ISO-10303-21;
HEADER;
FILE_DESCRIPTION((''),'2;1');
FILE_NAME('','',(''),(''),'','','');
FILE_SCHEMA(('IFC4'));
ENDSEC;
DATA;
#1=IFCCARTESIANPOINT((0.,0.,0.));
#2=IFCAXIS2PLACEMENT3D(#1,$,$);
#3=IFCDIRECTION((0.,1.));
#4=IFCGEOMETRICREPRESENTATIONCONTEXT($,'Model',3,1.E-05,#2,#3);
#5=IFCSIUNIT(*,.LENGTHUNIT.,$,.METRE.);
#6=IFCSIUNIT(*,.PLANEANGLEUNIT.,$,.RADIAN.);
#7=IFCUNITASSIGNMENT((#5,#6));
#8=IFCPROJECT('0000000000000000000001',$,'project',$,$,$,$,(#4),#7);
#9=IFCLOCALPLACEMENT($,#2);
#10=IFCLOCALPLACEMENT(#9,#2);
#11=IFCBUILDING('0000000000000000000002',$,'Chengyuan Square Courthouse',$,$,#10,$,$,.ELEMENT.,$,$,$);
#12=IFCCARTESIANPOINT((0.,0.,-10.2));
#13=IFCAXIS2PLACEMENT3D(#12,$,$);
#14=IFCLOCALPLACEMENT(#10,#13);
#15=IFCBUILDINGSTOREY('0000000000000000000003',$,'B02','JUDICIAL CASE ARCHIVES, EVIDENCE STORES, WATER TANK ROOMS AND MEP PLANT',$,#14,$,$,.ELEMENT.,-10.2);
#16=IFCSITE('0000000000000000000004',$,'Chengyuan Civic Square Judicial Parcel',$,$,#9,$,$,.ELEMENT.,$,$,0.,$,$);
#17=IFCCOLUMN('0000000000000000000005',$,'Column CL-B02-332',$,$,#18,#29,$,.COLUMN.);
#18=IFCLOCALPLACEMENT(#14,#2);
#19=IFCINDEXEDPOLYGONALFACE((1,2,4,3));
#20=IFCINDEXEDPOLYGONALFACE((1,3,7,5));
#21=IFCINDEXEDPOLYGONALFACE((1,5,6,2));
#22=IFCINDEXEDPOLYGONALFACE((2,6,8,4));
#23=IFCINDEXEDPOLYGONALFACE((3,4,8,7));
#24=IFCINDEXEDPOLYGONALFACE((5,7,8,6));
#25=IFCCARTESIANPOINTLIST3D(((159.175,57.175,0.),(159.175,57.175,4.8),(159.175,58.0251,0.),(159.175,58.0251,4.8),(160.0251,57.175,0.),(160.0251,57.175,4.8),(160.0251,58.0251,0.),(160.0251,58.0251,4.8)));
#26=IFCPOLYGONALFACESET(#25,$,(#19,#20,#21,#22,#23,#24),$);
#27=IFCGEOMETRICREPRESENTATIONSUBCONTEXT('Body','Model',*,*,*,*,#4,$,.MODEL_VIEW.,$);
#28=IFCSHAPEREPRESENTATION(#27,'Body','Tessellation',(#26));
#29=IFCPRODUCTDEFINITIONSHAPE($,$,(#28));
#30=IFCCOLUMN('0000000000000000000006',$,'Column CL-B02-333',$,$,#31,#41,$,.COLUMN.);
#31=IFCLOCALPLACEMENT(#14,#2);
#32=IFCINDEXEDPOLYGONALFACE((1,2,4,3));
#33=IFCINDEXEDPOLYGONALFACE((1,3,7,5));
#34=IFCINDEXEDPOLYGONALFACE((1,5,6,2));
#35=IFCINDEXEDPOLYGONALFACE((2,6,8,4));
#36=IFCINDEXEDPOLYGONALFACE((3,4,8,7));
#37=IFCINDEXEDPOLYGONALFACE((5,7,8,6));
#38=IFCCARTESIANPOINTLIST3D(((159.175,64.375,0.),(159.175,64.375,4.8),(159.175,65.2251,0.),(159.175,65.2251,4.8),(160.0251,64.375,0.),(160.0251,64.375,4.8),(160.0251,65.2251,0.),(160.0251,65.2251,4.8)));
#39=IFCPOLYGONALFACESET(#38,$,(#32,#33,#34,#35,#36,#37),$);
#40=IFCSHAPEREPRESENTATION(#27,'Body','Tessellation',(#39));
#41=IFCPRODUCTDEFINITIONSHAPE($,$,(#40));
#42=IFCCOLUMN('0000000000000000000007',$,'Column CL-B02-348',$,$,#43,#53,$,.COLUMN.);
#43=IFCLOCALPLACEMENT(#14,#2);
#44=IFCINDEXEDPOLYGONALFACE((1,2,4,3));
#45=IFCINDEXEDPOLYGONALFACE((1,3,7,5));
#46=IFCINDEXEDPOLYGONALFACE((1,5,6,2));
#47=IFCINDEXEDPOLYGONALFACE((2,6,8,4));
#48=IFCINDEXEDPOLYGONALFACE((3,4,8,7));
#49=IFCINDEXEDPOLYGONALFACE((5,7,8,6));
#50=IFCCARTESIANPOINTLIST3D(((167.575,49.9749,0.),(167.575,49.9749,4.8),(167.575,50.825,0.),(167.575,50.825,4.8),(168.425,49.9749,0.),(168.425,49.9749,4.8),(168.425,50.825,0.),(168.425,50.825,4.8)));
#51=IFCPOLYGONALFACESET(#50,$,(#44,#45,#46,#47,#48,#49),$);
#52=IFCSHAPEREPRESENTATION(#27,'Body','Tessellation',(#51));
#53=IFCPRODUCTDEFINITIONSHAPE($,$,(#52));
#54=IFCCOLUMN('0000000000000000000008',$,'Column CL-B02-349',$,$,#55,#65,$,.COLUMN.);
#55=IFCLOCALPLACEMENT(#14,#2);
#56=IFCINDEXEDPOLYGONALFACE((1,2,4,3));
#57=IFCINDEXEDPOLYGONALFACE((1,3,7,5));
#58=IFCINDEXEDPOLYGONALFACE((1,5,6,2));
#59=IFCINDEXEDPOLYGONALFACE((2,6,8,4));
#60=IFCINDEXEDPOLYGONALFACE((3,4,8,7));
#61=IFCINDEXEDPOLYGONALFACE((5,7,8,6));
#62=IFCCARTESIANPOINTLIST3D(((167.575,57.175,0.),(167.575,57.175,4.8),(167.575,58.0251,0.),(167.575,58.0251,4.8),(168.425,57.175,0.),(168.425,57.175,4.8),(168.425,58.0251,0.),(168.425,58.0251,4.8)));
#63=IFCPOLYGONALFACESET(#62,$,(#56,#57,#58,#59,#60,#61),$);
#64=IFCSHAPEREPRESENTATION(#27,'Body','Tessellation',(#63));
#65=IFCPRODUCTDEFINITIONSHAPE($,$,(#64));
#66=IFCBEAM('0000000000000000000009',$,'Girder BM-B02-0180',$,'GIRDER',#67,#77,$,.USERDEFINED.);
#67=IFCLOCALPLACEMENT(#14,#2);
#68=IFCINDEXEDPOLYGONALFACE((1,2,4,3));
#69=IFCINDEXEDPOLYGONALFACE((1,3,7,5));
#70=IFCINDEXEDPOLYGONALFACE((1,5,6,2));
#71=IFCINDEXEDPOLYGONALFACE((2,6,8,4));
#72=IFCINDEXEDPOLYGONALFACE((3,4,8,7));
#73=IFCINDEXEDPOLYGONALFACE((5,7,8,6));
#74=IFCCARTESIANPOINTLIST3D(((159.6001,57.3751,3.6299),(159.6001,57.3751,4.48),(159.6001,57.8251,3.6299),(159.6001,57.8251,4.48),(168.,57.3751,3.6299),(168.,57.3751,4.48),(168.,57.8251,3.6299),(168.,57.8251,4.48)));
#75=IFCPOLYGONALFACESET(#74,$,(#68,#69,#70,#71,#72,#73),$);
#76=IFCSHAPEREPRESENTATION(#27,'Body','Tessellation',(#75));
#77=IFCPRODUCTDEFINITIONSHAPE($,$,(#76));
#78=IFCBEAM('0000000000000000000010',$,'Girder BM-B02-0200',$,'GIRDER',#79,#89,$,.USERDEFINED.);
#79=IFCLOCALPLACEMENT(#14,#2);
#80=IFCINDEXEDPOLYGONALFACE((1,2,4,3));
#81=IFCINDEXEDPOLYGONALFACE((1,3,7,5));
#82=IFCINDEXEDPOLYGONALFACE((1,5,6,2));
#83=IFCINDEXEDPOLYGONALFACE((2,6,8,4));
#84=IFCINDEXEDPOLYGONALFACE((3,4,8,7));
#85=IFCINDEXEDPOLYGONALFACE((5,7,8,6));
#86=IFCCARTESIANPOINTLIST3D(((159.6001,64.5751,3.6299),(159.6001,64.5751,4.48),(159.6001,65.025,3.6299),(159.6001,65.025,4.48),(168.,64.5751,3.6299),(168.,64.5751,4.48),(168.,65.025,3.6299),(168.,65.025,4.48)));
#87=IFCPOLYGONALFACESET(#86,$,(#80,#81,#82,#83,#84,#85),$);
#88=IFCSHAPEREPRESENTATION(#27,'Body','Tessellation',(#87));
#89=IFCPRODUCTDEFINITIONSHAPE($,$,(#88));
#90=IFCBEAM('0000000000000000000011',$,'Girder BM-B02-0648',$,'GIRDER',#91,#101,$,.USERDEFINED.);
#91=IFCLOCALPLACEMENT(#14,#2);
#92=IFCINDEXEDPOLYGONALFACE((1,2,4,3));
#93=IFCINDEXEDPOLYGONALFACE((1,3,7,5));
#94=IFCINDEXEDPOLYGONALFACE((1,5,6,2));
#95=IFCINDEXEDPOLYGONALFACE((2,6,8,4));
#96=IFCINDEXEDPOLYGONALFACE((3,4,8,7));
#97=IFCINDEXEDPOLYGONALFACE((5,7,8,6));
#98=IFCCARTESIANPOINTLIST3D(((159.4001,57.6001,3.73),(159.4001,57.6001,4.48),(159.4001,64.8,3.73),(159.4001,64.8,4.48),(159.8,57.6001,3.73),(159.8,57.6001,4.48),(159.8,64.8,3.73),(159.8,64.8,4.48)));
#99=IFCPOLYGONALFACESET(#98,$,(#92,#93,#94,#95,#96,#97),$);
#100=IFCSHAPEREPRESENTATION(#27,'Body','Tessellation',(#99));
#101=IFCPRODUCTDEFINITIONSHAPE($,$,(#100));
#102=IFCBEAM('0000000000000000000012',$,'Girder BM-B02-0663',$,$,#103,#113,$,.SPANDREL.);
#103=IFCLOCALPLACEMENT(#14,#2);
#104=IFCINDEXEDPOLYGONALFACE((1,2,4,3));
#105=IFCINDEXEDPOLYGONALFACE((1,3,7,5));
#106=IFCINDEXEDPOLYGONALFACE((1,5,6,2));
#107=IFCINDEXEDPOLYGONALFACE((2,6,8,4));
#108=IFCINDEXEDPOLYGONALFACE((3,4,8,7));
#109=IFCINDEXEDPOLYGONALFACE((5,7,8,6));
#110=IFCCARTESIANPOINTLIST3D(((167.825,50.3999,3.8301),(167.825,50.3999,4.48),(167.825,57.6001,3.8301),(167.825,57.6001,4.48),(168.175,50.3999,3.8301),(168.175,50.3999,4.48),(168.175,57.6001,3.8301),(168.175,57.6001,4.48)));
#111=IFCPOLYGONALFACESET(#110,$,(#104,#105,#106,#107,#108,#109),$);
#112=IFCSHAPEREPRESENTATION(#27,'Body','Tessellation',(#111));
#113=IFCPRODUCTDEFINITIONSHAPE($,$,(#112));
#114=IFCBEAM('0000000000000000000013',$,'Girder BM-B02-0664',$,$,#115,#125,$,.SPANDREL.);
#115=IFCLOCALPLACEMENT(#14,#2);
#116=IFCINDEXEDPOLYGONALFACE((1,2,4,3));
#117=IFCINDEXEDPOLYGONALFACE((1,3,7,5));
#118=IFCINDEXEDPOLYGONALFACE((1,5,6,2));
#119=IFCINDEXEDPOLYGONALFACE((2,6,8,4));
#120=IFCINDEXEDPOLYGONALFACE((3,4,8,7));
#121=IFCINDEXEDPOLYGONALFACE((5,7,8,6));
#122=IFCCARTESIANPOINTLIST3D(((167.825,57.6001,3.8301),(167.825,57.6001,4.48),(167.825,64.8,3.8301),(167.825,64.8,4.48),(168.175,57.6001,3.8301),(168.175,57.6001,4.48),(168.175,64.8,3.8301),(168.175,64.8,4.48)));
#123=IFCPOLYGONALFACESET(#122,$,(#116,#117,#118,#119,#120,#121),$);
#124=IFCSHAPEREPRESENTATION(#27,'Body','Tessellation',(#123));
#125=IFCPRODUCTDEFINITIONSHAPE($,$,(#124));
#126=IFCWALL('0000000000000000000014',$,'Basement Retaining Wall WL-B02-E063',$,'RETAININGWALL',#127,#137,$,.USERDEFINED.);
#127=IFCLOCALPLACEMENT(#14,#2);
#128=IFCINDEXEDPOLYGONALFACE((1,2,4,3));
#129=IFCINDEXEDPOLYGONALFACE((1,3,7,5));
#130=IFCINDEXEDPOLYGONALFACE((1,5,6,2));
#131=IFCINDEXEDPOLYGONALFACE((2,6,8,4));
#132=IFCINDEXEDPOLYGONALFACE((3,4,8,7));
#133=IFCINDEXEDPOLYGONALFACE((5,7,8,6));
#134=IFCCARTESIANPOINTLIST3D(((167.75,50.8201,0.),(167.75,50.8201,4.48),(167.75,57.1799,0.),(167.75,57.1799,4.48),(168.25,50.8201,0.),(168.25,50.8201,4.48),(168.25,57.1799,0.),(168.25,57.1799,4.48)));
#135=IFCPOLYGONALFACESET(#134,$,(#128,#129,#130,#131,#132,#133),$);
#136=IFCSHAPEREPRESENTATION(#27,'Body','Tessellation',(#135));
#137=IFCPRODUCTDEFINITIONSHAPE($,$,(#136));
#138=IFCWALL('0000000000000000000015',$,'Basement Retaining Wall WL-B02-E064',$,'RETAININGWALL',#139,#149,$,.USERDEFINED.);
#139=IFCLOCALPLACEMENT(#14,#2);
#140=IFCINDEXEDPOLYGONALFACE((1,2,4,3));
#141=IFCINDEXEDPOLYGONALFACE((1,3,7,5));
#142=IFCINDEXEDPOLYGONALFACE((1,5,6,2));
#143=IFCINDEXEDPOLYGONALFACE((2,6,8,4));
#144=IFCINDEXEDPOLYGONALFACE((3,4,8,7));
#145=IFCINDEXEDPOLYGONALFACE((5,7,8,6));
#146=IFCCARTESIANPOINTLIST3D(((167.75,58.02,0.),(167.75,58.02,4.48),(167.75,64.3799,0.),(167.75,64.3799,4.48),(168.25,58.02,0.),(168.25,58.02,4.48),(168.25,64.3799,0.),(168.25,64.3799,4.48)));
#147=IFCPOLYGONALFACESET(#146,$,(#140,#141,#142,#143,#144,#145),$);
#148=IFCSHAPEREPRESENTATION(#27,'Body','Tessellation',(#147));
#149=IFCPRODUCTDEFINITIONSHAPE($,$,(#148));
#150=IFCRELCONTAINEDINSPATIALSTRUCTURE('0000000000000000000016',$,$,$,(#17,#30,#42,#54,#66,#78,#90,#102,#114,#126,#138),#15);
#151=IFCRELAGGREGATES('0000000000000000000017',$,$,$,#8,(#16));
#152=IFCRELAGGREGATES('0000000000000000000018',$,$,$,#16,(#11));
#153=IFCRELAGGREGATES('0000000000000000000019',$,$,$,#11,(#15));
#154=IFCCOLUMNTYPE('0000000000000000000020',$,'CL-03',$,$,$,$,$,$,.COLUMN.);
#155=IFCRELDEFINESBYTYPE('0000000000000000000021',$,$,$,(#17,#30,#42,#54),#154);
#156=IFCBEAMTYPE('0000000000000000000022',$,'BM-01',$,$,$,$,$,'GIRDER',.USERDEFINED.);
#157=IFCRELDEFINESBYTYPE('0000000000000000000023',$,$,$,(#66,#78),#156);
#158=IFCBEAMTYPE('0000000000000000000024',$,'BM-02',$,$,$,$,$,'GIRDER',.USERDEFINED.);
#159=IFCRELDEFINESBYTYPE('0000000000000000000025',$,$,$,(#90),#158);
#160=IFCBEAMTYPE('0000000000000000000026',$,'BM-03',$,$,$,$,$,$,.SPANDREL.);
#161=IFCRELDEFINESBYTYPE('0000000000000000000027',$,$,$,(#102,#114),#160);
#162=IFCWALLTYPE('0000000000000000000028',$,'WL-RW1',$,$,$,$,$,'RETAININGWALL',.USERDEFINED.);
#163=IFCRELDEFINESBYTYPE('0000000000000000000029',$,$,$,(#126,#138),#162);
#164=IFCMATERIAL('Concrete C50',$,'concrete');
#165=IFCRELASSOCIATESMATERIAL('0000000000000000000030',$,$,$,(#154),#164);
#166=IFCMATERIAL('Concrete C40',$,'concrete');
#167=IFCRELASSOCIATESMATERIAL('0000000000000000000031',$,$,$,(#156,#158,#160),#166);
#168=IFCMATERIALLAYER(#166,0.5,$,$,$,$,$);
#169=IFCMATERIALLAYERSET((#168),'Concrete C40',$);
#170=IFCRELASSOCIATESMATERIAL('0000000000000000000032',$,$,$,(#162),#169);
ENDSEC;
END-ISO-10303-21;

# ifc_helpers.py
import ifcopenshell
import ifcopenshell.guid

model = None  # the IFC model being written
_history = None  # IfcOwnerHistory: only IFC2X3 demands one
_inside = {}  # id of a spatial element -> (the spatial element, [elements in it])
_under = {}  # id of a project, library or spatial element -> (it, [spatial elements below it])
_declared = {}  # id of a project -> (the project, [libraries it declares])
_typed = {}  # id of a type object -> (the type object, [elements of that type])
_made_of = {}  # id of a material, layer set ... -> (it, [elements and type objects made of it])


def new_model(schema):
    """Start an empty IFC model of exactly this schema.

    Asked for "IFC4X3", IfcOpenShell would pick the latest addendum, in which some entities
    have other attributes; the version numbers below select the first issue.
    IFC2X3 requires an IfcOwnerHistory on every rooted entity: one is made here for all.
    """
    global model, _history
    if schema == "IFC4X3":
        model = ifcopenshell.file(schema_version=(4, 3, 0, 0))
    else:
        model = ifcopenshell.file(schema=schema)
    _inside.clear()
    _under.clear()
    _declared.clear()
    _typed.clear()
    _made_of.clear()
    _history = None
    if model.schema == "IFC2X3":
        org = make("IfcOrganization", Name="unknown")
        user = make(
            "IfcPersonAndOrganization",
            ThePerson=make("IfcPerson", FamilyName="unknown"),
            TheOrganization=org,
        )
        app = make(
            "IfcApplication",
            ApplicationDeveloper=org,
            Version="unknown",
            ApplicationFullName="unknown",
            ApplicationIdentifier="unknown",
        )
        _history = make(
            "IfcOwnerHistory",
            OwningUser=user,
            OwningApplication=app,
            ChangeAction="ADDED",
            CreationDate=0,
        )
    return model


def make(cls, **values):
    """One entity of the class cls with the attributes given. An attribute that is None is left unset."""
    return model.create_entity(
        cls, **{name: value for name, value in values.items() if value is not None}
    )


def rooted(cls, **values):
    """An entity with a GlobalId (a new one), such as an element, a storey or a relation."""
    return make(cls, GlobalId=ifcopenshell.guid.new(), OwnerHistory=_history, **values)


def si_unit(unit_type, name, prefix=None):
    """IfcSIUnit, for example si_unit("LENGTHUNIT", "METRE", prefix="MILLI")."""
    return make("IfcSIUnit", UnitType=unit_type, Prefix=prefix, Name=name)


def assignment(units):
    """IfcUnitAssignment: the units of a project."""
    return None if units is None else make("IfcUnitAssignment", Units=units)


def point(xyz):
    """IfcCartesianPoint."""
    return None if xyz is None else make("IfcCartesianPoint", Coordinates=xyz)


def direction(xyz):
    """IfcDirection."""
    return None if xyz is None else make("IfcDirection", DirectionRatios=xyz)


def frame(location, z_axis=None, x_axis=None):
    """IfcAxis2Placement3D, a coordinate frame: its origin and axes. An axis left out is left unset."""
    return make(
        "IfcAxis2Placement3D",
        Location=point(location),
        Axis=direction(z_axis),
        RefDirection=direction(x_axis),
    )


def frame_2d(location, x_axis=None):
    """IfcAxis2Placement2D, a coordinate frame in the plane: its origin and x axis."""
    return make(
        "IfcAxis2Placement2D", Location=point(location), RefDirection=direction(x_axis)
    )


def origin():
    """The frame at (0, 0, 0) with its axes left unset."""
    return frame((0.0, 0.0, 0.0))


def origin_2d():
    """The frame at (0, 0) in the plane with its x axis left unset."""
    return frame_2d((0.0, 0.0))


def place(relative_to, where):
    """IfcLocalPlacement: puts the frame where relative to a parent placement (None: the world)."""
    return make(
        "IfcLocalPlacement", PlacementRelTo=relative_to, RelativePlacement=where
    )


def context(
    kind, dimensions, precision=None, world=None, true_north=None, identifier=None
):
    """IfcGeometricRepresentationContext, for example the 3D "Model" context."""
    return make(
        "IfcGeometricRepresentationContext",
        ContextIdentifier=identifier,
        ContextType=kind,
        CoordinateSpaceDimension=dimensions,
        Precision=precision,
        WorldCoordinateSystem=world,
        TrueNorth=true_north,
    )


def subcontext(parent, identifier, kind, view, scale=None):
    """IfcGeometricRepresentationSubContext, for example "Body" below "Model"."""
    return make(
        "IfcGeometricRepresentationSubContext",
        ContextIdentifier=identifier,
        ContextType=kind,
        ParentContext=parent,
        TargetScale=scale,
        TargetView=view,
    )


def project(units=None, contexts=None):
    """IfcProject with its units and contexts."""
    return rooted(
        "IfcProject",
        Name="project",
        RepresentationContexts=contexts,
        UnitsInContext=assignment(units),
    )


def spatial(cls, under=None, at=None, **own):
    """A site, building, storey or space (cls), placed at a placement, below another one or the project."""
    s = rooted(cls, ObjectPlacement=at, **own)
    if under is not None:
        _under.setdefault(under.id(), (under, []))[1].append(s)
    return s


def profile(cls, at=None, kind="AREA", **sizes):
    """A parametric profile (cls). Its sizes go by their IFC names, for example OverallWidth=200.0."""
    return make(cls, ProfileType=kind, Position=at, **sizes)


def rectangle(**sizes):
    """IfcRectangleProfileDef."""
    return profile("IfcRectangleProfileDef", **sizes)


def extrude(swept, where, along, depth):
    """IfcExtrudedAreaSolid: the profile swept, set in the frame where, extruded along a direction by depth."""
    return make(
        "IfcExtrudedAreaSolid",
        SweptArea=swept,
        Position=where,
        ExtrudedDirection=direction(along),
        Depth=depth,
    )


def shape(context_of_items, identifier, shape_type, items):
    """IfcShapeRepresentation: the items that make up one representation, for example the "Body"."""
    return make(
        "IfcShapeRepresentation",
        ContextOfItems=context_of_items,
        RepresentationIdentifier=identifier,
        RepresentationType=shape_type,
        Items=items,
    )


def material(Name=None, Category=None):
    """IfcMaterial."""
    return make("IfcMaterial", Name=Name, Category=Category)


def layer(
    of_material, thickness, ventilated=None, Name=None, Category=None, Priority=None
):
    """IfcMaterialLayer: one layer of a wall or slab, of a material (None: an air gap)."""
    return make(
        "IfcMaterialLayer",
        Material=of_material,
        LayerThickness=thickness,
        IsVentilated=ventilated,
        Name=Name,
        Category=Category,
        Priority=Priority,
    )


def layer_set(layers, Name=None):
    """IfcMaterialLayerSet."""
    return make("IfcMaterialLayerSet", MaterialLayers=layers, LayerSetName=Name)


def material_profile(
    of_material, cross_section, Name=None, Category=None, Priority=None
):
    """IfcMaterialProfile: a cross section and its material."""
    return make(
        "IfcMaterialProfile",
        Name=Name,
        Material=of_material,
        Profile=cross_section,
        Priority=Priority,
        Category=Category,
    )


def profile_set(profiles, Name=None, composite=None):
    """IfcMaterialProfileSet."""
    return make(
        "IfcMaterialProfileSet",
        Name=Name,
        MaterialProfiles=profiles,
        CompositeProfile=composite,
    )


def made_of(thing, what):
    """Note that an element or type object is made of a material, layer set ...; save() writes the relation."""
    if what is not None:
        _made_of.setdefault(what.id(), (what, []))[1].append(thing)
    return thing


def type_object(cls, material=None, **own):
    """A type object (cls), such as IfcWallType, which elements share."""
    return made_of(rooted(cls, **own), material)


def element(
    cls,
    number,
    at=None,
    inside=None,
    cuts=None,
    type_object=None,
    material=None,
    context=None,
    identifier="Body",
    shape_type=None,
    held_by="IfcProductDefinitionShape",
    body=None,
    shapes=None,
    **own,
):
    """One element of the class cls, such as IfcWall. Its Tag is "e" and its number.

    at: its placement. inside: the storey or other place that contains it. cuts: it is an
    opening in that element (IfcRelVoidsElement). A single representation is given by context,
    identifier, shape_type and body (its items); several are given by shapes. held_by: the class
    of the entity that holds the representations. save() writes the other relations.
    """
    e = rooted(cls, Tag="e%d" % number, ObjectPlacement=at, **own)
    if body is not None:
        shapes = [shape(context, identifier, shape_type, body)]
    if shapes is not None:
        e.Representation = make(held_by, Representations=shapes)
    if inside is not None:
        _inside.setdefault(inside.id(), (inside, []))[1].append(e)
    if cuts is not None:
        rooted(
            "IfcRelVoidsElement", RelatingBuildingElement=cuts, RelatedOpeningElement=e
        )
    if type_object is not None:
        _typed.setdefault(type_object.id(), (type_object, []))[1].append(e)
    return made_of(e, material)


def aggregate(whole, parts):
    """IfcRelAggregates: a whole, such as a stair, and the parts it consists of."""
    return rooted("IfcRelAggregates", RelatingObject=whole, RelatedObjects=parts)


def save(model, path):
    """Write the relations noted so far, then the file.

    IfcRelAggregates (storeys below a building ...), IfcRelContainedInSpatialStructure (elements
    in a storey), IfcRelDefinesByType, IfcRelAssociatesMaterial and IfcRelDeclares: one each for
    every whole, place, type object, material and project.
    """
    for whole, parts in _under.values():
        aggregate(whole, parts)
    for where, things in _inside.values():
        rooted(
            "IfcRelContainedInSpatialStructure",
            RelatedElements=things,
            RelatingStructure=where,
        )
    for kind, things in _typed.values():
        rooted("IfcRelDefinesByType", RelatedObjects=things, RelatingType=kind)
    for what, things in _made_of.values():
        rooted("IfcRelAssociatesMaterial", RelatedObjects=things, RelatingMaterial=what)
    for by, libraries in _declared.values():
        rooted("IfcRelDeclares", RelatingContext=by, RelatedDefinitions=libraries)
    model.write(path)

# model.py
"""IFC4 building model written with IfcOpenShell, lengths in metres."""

from ifc_helpers import new_model, si_unit, direction, frame, frame_2d, origin, origin_2d, place, context, subcontext, project, spatial, rectangle, extrude, material, layer, layer_set, material_profile, profile_set, type_object, element, save


model = new_model("IFC4")

# Units and contexts
model_context = context("Model", 3, precision=1e-05, world=origin(), true_north=direction((0.0, 1.0)))
body_context = subcontext(model_context, "Body", "Model", "MODEL_VIEW")
ifc_project = project(units=[si_unit("LENGTHUNIT", "METRE"), si_unit("PLANEANGLEUNIT", "RADIAN")], contexts=[model_context])

# Site, building, storey
site_placement = place(None, origin())
site = spatial("IfcSite", under=ifc_project, at=site_placement, Name="Chengyuan Civic Square Judicial Parcel", CompositionType="ELEMENT", RefElevation=0.0)
building_placement = place(site_placement, origin())
building = spatial("IfcBuilding", under=site, at=building_placement, Name="Chengyuan Square Courthouse", CompositionType="ELEMENT")
storey_placement = place(building_placement, frame((0.0, 0.0, -10.2)))
storey = spatial("IfcBuildingStorey", under=building, at=storey_placement, Name="B02", Description="JUDICIAL CASE ARCHIVES, EVIDENCE STORES, WATER TANK ROOMS AND MEP PLANT", CompositionType="ELEMENT", Elevation=-10.2)

# Shared definitions
ifc_material_1 = material(Name="Concrete C40", Category="concrete")

# Columns
ifc_material_2 = material(Name="Concrete C50", Category="concrete")
ifc_material_profile_1 = material_profile(ifc_material_2, rectangle(XDim=0.8501, YDim=0.8501, at=origin_2d()), Name="RC-COL-850x850")
ifc_profile_set_1 = profile_set([ifc_material_profile_1], Name="Concrete C50")
column_type = type_object("IfcColumnType", Name="CL-03", PredefinedType="COLUMN", material=ifc_profile_set_1)
for number, where, z_axis, x_axis, name in (
    (1, (159.6001, 57.6001, 0.0), (0.0, 0.0, 1.0), (1.0, 0.0, 0.0), "Column CL-B02-332"),
    (2, (159.6001, 64.8, 0.0), (0.0, 0.0, 1.0), (1.0, 0.0, 0.0), "Column CL-B02-333"),
    (3, (168.0, 50.3999, 0.0), (0.0, 0.0, 1.0), (1.0, 0.0, 0.0), "Column CL-B02-348"),
    (4, (168.0, 57.6001, 0.0), (0.0, 0.0, 1.0), (1.0, 0.0, 0.0), "Column CL-B02-349"),
):
    element("IfcColumn", number, at=place(storey_placement, frame(where, z_axis=z_axis, x_axis=x_axis)), inside=storey, type_object=column_type, Name=name, PredefinedType="COLUMN", context=body_context, shape_type="SweptSolid", body=[
        extrude(rectangle(XDim=0.8501, YDim=0.8501, at=origin_2d()), origin(), (0.0, 0.0, 1.0), 4.8),
    ])

# Beams
ifc_material_profile_2 = material_profile(ifc_material_1, rectangle(XDim=0.45, YDim=0.8501, at=origin_2d()), Name="RC-BM-450x850")
ifc_profile_set_2 = profile_set([ifc_material_profile_2], Name="Concrete C40")
beam_type_1 = type_object("IfcBeamType", Name="BM-01", ElementType="GIRDER", PredefinedType="USERDEFINED", material=ifc_profile_set_2)
for number, where, z_axis, x_axis, name in (
    (5, (159.6001, 57.6001, 4.0549), (1.0, 0.0, 0.0), (0.0, 1.0, 0.0), "Girder BM-B02-0180"),
    (6, (159.6001, 64.8, 4.0549), (1.0, 0.0, 0.0), (0.0, 1.0, 0.0), "Girder BM-B02-0200"),
):
    element("IfcBeam", number, at=place(storey_placement, frame(where, z_axis=z_axis, x_axis=x_axis)), inside=storey, type_object=beam_type_1, Name=name, ObjectType="GIRDER", PredefinedType="USERDEFINED", context=body_context, shape_type="SweptSolid", body=[
        extrude(rectangle(XDim=0.45, YDim=0.8501, at=origin_2d()), origin(), (0.0, 0.0, 1.0), 8.3999),
    ])
ifc_material_profile_3 = material_profile(ifc_material_1, rectangle(XDim=0.3999, YDim=0.75, at=origin_2d()), Name="RC-BM-400x750")
ifc_profile_set_3 = profile_set([ifc_material_profile_3], Name="Concrete C40")
beam_type_2 = type_object("IfcBeamType", Name="BM-02", ElementType="GIRDER", PredefinedType="USERDEFINED", material=ifc_profile_set_3)
beam_1_placement = place(storey_placement, frame((159.6001, 57.6001, 4.105), z_axis=(0.0, 1.0, 0.0), x_axis=(-1.0, 0.0, 0.0)))
element("IfcBeam", 7, at=beam_1_placement, inside=storey, type_object=beam_type_2, Name="Girder BM-B02-0648", ObjectType="GIRDER", PredefinedType="USERDEFINED", context=body_context, shape_type="SweptSolid", body=[
    extrude(rectangle(XDim=0.3999, YDim=0.75, at=origin_2d()), origin(), (0.0, 0.0, 1.0), 7.2),
])
ifc_material_profile_4 = material_profile(ifc_material_1, rectangle(XDim=0.3501, YDim=0.6499, at=origin_2d()), Name="RC-BM-350x650")
ifc_profile_set_4 = profile_set([ifc_material_profile_4], Name="Concrete C40")
beam_type_3 = type_object("IfcBeamType", Name="BM-03", PredefinedType="SPANDREL", material=ifc_profile_set_4)
beam_2_placement = place(storey_placement, frame((168.0, 50.3999, 4.155), z_axis=(0.0, 1.0, 0.0), x_axis=(-1.0, 0.0, 0.0)))
element("IfcBeam", 8, at=beam_2_placement, inside=storey, type_object=beam_type_3, Name="Girder BM-B02-0663", PredefinedType="SPANDREL", context=body_context, shape_type="SweptSolid", body=[
    extrude(rectangle(XDim=0.3501, YDim=0.6499, at=origin_2d()), origin(), (0.0, 0.0, 1.0), 7.2002),
])
beam_3_placement = place(storey_placement, frame((168.0, 57.6001, 4.155), z_axis=(0.0, 1.0, 0.0), x_axis=(-1.0, 0.0, 0.0)))
element("IfcBeam", 9, at=beam_3_placement, inside=storey, type_object=beam_type_3, Name="Girder BM-B02-0664", PredefinedType="SPANDREL", context=body_context, shape_type="SweptSolid", body=[
    extrude(rectangle(XDim=0.3501, YDim=0.6499, at=origin_2d()), origin(), (0.0, 0.0, 1.0), 7.2),
])

# Walls
ifc_layer = layer(ifc_material_1, 0.5)
ifc_layer_set = layer_set([ifc_layer], Name="Concrete C40")
wall_type = type_object("IfcWallType", Name="WL-RW1", ElementType="RETAININGWALL", PredefinedType="USERDEFINED", material=ifc_layer_set)
for number, where, z_axis, x_axis, name in (
    (10, (168.0, 50.8201, 0.0), (0.0, 0.0, 1.0), (0.0, 1.0, 0.0), "Basement Retaining Wall WL-B02-E063"),
    (11, (168.0, 58.02, 0.0), (0.0, 0.0, 1.0), (0.0, 1.0, 0.0), "Basement Retaining Wall WL-B02-E064"),
):
    element("IfcWall", number, at=place(storey_placement, frame(where, z_axis=z_axis, x_axis=x_axis)), inside=storey, type_object=wall_type, Name=name, ObjectType="RETAININGWALL", PredefinedType="USERDEFINED", context=body_context, shape_type="SweptSolid", body=[
        extrude(rectangle(XDim=6.3599, YDim=0.5, at=frame_2d((3.1799, 0.0))), origin(), (0.0, 0.0, 1.0), 4.48),
    ])

save(model, "model.ifc")
